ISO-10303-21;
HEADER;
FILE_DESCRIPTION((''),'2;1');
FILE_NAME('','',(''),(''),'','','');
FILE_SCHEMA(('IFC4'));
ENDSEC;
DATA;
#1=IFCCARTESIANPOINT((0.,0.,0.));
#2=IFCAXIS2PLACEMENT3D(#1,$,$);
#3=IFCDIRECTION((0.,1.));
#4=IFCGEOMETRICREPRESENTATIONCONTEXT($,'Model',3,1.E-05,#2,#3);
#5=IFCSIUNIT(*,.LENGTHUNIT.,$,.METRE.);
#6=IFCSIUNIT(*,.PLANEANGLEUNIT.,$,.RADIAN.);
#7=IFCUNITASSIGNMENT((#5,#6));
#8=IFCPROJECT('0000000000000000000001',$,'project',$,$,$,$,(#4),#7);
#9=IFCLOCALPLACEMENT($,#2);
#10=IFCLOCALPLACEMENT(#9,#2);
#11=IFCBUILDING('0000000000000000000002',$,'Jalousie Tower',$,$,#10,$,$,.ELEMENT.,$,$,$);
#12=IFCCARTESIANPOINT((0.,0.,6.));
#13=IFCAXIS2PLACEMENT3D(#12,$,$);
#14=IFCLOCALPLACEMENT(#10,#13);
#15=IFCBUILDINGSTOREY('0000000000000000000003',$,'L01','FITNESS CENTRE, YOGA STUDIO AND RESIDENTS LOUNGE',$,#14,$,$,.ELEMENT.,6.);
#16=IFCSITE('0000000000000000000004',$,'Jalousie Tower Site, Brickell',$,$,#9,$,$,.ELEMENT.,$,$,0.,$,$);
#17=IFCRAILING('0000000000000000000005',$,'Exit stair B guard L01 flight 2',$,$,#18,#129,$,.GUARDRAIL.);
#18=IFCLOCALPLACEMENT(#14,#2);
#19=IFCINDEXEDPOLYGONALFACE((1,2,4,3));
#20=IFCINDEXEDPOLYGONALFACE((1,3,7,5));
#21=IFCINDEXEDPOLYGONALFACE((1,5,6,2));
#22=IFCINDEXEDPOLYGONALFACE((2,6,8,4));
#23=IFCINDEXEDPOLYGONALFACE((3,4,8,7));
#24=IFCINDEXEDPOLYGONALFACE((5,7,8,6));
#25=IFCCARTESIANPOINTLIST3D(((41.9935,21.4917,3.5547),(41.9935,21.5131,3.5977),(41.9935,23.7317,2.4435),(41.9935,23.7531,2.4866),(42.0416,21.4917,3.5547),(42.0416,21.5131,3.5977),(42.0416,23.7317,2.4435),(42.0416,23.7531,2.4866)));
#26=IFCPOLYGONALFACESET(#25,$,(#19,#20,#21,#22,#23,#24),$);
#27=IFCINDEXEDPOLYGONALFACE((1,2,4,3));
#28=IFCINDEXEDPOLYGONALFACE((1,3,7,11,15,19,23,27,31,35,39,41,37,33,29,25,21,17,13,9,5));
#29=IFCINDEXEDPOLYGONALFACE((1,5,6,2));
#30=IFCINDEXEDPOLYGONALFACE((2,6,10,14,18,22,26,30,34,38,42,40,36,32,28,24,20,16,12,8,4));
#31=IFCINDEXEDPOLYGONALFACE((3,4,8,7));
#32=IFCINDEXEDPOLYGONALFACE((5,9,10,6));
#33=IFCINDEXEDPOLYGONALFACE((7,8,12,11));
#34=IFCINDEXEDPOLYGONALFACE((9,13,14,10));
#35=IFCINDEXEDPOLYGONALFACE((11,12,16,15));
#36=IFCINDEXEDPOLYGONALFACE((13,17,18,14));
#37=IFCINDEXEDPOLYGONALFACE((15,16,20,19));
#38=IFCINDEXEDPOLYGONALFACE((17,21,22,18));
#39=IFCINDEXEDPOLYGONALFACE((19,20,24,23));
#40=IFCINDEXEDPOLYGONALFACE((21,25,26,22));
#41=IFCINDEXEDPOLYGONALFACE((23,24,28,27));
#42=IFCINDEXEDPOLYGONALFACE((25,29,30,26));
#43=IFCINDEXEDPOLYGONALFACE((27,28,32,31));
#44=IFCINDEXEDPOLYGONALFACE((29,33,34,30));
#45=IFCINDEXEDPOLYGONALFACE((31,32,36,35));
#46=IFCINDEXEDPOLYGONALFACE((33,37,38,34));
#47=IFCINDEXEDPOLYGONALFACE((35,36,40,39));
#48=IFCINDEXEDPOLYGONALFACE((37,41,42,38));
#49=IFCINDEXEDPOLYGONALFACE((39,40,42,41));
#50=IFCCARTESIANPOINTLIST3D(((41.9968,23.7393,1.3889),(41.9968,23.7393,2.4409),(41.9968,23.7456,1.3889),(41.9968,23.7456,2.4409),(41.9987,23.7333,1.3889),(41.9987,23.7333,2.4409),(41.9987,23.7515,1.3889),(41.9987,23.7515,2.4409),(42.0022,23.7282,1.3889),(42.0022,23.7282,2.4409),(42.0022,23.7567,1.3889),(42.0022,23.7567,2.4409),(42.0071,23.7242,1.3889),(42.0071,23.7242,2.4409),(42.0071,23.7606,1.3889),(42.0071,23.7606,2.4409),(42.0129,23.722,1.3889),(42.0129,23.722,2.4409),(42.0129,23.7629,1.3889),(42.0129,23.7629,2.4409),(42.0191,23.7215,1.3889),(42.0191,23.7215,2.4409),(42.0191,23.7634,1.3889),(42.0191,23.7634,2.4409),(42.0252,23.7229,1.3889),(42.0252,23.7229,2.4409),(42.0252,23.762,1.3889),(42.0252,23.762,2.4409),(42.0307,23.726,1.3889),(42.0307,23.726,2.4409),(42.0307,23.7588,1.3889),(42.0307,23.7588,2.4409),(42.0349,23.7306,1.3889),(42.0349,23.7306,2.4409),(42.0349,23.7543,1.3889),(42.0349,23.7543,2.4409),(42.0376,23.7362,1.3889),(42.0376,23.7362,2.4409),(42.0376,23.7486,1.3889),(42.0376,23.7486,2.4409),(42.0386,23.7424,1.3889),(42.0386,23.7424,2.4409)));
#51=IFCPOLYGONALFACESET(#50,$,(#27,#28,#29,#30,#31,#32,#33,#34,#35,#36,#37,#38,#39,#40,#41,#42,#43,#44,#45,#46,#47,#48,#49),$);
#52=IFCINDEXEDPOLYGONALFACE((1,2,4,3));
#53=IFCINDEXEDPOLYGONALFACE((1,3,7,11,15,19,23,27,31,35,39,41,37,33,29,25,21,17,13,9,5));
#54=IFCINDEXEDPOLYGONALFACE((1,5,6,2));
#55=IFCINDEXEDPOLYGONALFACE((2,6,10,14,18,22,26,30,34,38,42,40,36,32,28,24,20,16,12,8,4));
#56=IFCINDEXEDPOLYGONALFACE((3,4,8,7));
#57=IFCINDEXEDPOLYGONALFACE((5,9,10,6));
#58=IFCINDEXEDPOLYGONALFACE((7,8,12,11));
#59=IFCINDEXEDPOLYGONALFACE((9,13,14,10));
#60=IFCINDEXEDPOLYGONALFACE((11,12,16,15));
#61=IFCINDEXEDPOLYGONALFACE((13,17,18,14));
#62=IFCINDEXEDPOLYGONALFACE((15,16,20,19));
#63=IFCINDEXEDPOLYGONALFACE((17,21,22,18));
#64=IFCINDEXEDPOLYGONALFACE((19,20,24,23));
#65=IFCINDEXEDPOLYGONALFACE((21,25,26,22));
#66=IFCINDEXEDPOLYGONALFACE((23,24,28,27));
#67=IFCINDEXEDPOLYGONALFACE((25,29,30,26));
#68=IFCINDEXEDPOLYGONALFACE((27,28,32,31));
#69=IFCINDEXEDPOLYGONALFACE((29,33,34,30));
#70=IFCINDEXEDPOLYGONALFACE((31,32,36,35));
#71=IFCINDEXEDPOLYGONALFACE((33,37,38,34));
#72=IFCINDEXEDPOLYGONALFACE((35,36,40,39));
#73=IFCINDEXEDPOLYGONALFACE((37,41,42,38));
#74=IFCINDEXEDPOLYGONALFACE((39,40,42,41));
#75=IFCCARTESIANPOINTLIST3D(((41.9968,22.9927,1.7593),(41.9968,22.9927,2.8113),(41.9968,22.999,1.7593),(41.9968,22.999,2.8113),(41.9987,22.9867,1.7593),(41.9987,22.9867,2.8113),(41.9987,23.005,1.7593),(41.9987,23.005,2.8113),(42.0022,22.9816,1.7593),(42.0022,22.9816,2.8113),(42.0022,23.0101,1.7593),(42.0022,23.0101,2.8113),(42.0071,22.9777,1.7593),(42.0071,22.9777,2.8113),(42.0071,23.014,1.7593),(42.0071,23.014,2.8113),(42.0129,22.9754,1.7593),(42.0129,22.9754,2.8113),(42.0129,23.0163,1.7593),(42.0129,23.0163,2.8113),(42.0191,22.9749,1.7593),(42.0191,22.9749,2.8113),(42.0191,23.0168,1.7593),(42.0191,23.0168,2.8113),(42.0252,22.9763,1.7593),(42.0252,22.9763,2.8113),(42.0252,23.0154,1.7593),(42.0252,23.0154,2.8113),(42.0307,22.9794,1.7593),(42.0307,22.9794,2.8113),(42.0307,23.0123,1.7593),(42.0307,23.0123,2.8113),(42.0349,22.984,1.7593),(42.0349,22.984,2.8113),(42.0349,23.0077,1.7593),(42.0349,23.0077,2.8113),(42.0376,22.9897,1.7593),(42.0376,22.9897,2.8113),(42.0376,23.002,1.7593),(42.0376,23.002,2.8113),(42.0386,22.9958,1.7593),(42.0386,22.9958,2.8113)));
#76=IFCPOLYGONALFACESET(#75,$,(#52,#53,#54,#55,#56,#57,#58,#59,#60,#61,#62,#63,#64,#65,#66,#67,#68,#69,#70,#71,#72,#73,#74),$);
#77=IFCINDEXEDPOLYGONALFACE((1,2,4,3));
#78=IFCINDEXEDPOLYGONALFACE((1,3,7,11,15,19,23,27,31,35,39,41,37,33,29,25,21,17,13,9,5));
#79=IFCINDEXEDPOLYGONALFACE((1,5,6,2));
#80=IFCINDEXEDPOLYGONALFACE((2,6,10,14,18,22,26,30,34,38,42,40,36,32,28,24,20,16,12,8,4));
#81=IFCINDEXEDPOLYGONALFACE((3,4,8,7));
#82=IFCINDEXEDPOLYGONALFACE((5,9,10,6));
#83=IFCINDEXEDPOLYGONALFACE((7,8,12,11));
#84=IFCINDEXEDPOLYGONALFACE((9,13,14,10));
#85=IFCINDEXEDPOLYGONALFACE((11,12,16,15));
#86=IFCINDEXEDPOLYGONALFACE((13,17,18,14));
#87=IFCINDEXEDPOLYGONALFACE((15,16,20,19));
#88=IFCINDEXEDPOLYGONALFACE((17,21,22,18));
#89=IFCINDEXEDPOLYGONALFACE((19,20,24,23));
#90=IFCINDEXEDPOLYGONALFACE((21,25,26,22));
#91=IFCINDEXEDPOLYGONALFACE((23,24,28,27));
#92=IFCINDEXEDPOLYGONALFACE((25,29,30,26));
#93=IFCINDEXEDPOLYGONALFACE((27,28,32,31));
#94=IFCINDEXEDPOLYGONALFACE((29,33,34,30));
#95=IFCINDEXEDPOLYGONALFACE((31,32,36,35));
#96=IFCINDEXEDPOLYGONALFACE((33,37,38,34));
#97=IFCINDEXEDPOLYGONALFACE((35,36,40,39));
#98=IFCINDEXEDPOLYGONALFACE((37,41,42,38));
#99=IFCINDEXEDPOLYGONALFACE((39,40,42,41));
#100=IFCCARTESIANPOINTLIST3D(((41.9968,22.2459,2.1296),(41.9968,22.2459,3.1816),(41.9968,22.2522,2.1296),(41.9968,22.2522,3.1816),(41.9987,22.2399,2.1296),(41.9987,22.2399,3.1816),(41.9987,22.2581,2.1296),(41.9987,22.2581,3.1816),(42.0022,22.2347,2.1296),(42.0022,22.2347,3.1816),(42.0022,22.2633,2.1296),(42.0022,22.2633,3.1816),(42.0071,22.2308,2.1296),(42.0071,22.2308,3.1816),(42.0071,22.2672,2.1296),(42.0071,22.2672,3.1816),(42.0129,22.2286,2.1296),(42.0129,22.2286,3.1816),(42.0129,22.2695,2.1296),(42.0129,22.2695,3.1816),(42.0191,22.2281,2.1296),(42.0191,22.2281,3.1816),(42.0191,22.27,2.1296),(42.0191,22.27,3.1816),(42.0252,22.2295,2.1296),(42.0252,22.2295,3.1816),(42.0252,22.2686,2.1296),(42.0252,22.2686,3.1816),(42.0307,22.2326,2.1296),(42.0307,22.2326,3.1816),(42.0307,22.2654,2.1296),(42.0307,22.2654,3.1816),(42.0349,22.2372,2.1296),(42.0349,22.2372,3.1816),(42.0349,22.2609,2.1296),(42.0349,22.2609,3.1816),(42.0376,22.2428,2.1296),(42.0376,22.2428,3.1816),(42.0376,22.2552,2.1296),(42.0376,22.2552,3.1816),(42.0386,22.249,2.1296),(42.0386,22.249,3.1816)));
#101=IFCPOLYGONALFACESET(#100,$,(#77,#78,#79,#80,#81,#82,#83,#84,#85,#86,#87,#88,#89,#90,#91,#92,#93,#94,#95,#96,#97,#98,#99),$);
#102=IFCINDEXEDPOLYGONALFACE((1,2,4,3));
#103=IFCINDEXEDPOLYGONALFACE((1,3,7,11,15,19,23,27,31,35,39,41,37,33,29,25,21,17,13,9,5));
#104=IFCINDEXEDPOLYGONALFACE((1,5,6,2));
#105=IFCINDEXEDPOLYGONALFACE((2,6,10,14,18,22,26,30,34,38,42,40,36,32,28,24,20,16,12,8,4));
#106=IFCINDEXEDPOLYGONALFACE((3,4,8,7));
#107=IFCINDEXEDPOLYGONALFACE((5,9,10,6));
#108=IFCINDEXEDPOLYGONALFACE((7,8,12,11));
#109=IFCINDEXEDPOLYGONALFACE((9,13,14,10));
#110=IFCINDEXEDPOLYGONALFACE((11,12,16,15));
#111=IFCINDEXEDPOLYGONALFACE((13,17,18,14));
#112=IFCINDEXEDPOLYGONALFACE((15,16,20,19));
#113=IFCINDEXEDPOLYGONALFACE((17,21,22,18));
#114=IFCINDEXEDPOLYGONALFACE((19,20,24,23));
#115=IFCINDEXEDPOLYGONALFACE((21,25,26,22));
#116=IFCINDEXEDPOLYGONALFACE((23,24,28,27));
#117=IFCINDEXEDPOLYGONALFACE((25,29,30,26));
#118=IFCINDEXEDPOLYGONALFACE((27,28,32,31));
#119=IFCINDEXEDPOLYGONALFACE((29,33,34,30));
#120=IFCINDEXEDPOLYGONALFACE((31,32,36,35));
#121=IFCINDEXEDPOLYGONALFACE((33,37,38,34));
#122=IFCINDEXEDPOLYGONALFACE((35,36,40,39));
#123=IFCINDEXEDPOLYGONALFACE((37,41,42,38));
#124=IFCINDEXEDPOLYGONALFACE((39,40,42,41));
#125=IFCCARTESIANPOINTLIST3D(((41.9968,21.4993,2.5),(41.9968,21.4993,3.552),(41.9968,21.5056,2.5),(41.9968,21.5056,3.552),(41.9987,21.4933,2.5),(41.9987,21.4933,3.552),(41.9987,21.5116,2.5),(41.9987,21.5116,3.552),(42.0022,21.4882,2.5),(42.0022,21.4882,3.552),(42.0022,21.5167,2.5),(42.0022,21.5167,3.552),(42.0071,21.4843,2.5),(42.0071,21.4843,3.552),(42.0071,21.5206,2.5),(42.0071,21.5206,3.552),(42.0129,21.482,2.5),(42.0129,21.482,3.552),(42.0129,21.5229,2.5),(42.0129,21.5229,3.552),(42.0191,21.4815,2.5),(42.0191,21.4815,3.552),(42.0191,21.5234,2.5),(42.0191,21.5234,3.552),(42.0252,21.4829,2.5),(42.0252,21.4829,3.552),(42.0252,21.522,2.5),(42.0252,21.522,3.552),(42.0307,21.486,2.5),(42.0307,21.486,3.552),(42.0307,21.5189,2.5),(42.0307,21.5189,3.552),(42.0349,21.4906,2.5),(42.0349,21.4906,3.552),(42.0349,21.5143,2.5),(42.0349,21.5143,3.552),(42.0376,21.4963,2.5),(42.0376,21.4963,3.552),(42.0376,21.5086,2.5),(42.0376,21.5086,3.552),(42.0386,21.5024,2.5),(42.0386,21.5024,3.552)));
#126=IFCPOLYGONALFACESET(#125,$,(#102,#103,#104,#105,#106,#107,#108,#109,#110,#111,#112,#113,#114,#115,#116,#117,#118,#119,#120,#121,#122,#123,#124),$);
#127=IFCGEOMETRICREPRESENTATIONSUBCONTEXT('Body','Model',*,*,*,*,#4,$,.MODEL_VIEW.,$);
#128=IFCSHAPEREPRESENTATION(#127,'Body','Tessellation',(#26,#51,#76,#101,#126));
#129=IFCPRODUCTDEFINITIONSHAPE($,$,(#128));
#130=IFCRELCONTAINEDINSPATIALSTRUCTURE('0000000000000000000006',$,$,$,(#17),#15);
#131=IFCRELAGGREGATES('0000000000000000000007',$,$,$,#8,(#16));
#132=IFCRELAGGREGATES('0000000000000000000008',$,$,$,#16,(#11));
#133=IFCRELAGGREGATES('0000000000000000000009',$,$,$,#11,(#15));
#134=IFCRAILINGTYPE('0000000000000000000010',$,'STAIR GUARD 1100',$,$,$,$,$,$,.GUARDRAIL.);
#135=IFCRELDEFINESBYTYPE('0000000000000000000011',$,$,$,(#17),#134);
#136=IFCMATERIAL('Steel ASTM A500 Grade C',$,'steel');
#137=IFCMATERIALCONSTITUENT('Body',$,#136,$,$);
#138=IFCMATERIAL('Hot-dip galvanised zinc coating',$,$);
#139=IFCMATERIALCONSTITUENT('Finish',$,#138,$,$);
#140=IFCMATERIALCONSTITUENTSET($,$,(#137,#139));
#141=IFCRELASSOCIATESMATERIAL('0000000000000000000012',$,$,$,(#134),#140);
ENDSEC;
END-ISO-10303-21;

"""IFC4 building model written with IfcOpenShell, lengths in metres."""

from ifc_helpers import new_model, si_unit, direction, frame, origin, origin_2d, place, context, subcontext, project, spatial, rectangle, circle, extrude, material, constituent, constituent_set, type_object, element, save


model = new_model("IFC4")

# Units and contexts
model_context = context("Model", 3, precision=1e-05, world=origin(), true_north=direction((0.0, 1.0)))
body_context = subcontext(model_context, "Body", "Model", "MODEL_VIEW")
ifc_project = project(units=[si_unit("LENGTHUNIT", "METRE"), si_unit("PLANEANGLEUNIT", "RADIAN")], contexts=[model_context])

# Site, building, storey
site_placement = place(None, origin())
site = spatial("IfcSite", under=ifc_project, at=site_placement, Name="Jalousie Tower Site, Brickell", CompositionType="ELEMENT", RefElevation=0.0)
building_placement = place(site_placement, origin())
building = spatial("IfcBuilding", under=site, at=building_placement, Name="Jalousie Tower", CompositionType="ELEMENT")
storey_placement = place(building_placement, frame((0.0, 0.0, 6.0)))
storey = spatial("IfcBuildingStorey", under=building, at=storey_placement, Name="L01", Description="FITNESS CENTRE, YOGA STUDIO AND RESIDENTS LOUNGE", CompositionType="ELEMENT", Elevation=6.0)

# Railing
ifc_material_1 = material(Name="Steel ASTM A500 Grade C", Category="steel")
ifc_constituent_1 = constituent(ifc_material_1, Name="Body")
ifc_material_2 = material(Name="Hot-dip galvanised zinc coating")
ifc_constituent_2 = constituent(ifc_material_2, Name="Finish")
ifc_constituent_set_1 = constituent_set(constituents=[ifc_constituent_1, ifc_constituent_2])
railing_type_1 = type_object("IfcRailingType", Name="STAIR GUARD 1100", PredefinedType="GUARDRAIL", material=ifc_constituent_set_1)
railing_1_placement = place(storey_placement, frame((42.0176, 23.7424, 1.3889)))
element("IfcRailing", 1, at=railing_1_placement, inside=storey, type_object=railing_type_1, Name="Exit stair B guard L01 flight 2", PredefinedType="GUARDRAIL", context=body_context, shape_type="SweptSolid", body=[
    extrude(rectangle(XDim=0.0481, YDim=0.0481, at=origin_2d()), frame((0.0, 0.0, 1.0762), z_axis=(0.0, -0.895848, 0.44436), x_axis=(1.0, 0.0, 0.0)), (0.0, 0.0, 1.0), 2.5005),
    extrude(circle(Radius=0.021, at=origin_2d()), origin(), (0.0, 0.0, 1.0), 1.052),
    extrude(circle(Radius=0.021, at=origin_2d()), frame((0.0, -0.7466, 0.3704)), (0.0, 0.0, 1.0), 1.052),
    extrude(circle(Radius=0.021, at=origin_2d()), frame((0.0, -1.4934, 0.7407)), (0.0, 0.0, 1.0), 1.052),
    extrude(circle(Radius=0.021, at=origin_2d()), frame((0.0, -2.24, 1.1111)), (0.0, 0.0, 1.0), 1.052),
])

save(model, "model.ifc")
